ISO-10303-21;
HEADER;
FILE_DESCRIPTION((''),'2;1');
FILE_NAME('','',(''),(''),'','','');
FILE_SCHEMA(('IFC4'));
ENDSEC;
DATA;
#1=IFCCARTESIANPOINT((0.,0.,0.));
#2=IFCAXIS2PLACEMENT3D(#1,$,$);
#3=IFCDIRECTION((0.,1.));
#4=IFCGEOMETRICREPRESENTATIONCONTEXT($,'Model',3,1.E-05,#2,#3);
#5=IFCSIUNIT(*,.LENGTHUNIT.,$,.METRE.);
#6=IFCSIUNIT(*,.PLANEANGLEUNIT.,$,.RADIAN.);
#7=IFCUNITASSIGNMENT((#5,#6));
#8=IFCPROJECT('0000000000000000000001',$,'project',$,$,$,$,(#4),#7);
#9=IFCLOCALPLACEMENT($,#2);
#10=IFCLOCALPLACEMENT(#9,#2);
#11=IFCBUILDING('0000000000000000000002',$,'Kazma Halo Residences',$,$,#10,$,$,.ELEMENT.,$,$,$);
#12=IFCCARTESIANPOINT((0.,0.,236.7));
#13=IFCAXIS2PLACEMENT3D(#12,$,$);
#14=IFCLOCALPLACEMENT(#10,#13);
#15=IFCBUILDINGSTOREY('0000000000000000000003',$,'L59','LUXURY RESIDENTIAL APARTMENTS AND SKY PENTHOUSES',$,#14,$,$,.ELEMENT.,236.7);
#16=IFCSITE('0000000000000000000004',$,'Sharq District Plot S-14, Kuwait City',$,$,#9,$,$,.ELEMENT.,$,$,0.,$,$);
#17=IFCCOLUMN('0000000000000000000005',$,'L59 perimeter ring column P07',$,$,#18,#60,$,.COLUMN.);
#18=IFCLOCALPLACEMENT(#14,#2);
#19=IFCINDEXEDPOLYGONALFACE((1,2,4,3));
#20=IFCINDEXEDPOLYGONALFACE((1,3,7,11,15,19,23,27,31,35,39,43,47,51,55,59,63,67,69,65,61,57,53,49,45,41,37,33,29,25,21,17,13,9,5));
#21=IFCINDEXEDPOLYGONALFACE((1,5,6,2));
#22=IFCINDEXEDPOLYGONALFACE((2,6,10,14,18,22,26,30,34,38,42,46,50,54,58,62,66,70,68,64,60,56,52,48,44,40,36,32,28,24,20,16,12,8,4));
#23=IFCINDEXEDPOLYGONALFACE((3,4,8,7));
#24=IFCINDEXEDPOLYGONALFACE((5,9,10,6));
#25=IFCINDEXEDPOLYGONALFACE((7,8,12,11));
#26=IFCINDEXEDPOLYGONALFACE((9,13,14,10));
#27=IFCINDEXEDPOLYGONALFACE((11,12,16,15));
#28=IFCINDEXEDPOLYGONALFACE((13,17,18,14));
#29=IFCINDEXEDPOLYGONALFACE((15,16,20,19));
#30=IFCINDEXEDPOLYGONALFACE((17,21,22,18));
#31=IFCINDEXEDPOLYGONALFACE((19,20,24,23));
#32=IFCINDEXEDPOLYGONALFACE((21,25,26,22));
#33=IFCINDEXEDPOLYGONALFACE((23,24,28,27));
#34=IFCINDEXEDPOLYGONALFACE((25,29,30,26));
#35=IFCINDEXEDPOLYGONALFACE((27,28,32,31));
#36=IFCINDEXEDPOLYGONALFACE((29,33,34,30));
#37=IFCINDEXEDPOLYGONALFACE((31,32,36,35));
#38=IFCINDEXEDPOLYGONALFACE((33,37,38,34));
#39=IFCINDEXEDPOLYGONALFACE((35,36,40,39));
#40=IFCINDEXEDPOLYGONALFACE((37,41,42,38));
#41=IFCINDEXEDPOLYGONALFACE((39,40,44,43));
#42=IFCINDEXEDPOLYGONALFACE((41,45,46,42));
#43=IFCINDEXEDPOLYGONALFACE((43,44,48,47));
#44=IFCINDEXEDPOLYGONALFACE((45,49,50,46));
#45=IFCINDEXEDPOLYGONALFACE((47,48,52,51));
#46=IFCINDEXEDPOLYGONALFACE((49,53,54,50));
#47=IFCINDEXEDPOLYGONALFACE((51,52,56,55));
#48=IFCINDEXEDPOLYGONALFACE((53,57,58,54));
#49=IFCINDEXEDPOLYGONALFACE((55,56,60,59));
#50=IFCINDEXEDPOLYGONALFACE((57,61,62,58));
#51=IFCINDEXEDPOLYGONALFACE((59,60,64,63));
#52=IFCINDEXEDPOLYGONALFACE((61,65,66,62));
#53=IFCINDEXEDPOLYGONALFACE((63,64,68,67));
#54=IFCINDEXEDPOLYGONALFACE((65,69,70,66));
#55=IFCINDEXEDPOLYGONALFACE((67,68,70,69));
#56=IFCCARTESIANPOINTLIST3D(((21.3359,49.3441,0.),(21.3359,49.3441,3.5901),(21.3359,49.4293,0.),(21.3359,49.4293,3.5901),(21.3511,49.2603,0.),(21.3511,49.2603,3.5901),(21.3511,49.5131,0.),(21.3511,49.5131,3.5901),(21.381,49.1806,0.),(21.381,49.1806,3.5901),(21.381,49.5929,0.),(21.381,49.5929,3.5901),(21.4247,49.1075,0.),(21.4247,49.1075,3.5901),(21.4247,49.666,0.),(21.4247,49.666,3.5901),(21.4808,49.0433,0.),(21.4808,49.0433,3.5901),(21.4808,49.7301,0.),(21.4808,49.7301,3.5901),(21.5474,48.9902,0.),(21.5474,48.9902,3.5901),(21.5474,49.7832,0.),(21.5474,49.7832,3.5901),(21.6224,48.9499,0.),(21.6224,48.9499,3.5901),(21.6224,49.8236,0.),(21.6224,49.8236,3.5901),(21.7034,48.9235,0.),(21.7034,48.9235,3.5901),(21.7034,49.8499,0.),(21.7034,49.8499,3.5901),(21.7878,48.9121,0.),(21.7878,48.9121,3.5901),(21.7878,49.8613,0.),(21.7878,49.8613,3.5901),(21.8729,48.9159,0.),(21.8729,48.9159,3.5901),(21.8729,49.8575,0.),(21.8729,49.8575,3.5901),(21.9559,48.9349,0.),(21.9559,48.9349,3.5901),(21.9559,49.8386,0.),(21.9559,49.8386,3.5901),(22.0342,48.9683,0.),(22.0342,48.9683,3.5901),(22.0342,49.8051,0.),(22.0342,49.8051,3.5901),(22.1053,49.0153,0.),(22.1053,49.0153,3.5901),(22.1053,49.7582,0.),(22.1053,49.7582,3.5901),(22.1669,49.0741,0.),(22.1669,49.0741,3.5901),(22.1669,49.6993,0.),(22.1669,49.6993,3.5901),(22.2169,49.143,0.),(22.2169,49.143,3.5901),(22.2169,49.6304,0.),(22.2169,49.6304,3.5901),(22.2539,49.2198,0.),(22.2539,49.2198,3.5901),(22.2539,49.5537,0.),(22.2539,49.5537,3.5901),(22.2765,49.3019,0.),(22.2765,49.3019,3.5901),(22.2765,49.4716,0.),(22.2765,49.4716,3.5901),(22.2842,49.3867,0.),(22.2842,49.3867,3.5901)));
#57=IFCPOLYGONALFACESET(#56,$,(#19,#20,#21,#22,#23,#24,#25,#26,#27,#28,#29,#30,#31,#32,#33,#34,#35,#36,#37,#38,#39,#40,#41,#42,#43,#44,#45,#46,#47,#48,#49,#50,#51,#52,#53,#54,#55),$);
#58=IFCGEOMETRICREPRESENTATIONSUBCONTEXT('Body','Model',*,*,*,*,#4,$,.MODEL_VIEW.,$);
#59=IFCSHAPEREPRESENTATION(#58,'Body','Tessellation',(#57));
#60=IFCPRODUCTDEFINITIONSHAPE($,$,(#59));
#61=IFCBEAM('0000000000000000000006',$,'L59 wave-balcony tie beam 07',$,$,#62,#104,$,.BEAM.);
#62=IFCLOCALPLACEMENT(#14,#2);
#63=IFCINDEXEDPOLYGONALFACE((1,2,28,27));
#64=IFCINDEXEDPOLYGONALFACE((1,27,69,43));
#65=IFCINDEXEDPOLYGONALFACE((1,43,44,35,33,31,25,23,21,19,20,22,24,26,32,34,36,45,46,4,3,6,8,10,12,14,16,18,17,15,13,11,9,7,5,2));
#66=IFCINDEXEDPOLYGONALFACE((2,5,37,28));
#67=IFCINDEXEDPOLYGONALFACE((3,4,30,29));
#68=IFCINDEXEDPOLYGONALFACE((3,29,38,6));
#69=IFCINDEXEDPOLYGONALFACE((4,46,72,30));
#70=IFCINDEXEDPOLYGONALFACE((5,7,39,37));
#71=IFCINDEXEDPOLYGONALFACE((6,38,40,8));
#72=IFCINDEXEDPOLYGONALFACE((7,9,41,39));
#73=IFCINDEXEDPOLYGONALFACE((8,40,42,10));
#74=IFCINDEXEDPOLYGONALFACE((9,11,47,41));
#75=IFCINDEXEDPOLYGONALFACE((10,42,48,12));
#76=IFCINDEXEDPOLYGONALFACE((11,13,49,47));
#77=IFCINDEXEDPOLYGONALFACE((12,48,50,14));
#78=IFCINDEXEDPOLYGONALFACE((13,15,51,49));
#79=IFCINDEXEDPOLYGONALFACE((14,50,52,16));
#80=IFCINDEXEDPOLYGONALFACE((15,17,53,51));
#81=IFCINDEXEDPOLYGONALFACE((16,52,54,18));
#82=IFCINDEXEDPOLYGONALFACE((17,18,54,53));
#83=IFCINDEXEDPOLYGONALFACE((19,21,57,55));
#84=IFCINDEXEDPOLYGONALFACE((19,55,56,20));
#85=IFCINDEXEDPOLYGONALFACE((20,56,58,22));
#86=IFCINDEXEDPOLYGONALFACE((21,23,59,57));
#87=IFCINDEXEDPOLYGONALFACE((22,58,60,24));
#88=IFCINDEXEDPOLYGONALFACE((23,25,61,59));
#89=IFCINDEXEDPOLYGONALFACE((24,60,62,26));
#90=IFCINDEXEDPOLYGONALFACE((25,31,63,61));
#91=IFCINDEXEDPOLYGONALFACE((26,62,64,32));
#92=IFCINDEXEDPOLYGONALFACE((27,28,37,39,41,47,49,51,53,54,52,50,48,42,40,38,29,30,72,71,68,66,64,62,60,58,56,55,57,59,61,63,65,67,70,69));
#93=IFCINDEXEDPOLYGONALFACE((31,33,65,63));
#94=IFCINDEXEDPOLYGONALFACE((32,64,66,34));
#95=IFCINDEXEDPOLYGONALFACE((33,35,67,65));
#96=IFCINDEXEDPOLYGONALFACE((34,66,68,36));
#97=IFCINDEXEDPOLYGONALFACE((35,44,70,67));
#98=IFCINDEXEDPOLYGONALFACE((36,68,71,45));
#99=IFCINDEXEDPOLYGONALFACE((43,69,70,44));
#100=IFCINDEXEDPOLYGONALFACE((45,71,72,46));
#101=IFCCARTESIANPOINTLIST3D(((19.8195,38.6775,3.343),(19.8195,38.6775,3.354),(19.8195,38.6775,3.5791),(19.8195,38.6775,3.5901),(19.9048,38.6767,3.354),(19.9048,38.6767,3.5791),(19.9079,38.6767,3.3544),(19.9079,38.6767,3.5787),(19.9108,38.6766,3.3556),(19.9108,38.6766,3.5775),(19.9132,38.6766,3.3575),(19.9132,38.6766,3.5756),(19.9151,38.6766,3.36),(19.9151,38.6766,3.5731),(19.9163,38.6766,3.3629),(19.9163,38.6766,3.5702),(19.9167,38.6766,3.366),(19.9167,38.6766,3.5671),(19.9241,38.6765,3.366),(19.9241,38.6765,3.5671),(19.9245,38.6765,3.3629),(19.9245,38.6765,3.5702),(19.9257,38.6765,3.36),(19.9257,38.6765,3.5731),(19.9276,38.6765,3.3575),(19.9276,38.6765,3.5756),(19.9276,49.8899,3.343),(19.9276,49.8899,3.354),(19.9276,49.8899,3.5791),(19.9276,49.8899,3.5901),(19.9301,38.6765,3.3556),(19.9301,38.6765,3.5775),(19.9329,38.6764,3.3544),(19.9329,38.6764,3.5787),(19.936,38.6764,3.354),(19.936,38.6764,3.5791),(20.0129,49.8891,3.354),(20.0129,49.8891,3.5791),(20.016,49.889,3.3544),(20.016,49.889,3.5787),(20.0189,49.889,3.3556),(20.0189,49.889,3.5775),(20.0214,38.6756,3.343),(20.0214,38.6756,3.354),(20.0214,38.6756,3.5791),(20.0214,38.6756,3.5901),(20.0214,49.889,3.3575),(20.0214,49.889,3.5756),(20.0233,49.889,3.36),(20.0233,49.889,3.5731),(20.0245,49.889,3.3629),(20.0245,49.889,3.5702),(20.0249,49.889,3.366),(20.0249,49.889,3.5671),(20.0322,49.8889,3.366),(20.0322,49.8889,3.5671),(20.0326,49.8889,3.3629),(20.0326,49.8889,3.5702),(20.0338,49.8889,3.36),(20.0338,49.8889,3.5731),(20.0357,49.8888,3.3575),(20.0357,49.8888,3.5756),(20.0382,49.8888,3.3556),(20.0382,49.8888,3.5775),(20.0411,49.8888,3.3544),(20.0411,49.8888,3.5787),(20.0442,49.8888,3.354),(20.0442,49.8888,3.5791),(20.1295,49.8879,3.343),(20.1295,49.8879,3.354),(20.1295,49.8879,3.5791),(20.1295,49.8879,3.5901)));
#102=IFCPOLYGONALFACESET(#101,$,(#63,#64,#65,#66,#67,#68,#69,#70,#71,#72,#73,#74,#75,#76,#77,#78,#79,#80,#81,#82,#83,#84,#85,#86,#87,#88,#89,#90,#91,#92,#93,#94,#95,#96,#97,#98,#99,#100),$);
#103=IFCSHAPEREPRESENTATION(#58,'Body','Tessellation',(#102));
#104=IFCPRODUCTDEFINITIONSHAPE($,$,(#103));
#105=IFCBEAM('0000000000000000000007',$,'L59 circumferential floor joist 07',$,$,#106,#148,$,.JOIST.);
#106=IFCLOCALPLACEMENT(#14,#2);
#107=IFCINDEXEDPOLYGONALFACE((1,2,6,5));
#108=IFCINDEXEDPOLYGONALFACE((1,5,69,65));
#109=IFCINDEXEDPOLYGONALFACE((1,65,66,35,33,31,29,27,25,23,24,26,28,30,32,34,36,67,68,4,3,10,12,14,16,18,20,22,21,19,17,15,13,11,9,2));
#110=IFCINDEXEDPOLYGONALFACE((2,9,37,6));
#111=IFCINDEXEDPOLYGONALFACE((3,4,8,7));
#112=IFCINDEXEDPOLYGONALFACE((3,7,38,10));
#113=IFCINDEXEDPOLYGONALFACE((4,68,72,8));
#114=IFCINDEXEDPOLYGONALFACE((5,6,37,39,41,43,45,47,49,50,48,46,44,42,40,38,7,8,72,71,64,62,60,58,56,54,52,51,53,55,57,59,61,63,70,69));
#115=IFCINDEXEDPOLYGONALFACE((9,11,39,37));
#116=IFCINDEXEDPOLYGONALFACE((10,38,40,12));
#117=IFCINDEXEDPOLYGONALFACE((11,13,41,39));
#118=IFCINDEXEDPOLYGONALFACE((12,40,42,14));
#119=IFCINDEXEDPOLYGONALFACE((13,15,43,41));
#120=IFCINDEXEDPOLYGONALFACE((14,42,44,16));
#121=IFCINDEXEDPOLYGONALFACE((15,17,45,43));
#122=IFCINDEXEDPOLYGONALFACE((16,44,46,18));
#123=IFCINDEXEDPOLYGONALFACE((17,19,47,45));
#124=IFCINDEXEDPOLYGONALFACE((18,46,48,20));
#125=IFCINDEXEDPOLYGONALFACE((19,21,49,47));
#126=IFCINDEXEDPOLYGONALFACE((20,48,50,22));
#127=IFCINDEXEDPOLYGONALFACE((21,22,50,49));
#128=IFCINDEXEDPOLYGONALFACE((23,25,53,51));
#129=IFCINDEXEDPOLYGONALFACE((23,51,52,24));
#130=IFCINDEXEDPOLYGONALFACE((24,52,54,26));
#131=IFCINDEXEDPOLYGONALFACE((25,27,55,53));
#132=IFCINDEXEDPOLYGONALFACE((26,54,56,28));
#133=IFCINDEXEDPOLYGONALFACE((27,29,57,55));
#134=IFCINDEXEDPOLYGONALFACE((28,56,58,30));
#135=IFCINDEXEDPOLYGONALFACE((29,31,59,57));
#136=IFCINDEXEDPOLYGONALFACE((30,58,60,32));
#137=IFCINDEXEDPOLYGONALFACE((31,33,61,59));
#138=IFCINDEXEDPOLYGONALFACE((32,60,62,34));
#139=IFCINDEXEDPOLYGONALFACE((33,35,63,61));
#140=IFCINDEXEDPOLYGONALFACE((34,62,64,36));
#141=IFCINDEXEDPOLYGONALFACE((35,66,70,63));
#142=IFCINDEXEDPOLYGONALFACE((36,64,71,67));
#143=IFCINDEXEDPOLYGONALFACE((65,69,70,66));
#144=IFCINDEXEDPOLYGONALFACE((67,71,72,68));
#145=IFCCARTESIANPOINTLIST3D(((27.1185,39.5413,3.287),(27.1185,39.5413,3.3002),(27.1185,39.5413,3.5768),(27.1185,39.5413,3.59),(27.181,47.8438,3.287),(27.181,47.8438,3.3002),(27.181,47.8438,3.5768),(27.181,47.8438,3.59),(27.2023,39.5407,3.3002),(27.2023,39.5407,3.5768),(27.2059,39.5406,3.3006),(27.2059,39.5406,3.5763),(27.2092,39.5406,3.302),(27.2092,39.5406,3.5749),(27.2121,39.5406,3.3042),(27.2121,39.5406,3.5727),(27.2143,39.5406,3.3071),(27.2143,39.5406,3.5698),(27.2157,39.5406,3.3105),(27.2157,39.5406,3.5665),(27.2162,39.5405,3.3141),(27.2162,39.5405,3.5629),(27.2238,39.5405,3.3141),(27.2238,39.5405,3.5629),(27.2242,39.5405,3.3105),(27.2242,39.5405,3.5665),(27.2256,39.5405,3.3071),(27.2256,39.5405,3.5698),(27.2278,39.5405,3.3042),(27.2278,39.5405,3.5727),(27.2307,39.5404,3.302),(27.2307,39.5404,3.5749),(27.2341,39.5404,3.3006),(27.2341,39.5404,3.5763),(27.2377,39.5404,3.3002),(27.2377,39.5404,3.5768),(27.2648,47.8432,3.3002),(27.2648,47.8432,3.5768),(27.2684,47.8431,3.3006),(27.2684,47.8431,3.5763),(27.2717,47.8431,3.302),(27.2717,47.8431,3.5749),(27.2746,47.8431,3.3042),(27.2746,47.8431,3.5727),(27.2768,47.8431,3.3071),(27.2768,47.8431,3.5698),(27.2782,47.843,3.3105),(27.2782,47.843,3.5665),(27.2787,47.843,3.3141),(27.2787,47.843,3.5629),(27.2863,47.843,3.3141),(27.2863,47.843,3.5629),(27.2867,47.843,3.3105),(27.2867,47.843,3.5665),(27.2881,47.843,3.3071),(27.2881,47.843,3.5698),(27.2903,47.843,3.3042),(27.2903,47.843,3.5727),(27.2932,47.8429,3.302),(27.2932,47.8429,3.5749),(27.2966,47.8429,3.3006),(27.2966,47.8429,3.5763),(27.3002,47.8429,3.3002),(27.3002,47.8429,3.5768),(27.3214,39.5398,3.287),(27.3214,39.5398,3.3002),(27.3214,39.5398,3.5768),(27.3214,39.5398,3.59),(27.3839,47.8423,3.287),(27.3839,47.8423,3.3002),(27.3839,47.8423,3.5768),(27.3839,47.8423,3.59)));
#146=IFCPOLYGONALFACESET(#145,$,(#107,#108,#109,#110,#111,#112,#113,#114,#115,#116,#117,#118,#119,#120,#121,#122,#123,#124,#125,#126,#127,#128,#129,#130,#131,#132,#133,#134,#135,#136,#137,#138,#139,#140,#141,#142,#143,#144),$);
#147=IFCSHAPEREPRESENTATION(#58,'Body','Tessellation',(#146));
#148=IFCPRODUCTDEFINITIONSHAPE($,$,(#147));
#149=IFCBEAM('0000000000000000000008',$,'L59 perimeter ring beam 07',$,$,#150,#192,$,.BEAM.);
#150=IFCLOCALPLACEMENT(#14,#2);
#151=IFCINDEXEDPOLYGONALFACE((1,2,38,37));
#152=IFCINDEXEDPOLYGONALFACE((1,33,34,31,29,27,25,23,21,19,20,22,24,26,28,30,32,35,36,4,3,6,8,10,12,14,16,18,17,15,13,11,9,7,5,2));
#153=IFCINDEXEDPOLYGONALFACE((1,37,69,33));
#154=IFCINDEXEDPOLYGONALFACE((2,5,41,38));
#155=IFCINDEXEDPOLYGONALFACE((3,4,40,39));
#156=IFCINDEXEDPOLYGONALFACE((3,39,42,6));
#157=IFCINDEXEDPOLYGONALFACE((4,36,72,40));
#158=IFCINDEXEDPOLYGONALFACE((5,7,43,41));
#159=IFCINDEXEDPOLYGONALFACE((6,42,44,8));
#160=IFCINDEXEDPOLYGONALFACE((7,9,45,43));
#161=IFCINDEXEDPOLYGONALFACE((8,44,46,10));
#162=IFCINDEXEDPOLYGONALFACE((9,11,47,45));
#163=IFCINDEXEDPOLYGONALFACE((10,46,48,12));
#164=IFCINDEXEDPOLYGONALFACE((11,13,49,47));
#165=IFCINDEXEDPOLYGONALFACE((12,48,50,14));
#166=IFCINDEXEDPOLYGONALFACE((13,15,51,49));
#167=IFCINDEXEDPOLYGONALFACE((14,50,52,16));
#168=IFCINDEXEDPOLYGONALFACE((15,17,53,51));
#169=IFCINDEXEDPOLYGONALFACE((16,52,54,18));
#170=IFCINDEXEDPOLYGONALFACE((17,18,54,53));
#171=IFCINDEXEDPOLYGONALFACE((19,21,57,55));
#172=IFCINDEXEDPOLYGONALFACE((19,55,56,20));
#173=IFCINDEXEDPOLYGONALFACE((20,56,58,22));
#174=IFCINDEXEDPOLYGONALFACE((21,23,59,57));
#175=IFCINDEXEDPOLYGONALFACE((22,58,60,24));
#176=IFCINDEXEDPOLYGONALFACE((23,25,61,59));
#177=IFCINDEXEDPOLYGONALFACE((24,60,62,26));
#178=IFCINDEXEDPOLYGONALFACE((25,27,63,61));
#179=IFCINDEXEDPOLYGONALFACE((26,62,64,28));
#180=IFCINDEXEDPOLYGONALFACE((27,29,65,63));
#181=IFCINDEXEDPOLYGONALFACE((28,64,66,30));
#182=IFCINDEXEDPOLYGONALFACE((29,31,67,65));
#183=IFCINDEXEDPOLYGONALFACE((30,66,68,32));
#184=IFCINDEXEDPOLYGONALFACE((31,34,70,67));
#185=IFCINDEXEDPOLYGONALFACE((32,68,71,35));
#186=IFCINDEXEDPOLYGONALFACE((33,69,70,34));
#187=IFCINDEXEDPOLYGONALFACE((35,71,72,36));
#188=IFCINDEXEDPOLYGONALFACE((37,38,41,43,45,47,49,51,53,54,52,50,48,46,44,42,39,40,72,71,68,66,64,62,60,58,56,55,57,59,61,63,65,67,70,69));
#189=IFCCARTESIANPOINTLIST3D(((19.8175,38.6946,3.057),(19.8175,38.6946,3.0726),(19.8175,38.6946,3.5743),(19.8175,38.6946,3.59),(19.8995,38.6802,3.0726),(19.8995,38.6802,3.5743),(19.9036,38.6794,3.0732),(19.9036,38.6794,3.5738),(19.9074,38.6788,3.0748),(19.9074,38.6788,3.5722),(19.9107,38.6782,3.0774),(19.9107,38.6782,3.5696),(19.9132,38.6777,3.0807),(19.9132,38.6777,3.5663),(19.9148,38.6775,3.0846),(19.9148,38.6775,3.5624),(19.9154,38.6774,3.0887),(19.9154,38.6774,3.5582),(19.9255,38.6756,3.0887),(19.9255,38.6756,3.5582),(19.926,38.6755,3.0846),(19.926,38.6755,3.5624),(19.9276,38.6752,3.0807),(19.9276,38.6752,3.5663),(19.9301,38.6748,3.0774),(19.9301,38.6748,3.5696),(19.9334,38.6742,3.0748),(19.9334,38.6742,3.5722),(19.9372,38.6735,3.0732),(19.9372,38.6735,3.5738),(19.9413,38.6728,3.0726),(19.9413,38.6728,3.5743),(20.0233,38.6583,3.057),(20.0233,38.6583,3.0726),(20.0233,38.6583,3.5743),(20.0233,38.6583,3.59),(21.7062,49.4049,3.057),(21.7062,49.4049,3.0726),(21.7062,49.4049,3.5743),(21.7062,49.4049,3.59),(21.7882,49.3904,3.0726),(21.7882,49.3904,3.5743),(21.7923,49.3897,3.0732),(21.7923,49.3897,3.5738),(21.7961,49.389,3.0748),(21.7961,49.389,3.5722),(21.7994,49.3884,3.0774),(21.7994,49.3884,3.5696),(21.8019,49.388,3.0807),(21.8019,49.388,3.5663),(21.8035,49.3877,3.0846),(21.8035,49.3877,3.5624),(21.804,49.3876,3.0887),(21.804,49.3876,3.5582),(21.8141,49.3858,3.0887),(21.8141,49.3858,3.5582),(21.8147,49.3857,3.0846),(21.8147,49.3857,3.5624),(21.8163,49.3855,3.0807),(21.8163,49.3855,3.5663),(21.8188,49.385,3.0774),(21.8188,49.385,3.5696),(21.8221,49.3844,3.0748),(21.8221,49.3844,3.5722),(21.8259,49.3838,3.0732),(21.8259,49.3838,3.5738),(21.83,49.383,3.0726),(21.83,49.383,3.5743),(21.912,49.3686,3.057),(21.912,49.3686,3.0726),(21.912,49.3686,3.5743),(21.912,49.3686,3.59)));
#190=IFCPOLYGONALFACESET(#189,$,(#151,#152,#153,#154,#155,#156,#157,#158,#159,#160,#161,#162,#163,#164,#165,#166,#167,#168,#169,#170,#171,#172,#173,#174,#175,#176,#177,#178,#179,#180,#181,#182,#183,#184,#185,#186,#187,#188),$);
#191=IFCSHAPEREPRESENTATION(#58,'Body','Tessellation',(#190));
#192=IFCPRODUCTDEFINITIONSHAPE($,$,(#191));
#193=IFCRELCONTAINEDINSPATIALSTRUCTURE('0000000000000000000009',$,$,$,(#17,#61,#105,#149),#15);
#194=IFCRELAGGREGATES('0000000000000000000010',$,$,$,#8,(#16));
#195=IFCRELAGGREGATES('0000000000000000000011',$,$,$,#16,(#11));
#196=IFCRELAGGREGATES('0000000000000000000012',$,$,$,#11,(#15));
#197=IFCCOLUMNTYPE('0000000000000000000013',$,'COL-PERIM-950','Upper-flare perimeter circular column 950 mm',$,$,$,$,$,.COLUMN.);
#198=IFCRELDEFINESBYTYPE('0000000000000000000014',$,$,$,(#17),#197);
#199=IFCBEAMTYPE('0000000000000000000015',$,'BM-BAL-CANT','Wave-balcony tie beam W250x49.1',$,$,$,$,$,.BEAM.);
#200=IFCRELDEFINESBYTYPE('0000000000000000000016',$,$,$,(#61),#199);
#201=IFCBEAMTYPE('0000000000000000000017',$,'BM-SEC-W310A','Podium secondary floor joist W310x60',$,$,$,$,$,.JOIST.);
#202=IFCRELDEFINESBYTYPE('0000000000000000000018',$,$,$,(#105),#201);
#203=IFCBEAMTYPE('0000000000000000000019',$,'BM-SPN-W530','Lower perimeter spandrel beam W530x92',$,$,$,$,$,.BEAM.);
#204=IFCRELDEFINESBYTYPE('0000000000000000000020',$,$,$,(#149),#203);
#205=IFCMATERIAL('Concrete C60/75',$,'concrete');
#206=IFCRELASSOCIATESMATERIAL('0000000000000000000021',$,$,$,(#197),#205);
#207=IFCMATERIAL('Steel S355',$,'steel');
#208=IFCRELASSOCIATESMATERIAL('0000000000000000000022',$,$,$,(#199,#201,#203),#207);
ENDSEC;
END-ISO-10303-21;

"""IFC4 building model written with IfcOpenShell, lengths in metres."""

from ifc_helpers import new_model, si_unit, direction, frame, origin, origin_2d, place, context, subcontext, project, spatial, circle, i_section, extrude, material, material_profile, profile_set, type_object, element, save


model = new_model("IFC4")

# Units and contexts
model_context = context("Model", 3, precision=1e-05, world=origin(), true_north=direction((0.0, 1.0)))
body_context = subcontext(model_context, "Body", "Model", "MODEL_VIEW")
ifc_project = project(units=[si_unit("LENGTHUNIT", "METRE"), si_unit("PLANEANGLEUNIT", "RADIAN")], contexts=[model_context])

# Site, building, storey
site_placement = place(None, origin())
site = spatial("IfcSite", under=ifc_project, at=site_placement, Name="Sharq District Plot S-14, Kuwait City", CompositionType="ELEMENT", RefElevation=0.0)
building_placement = place(site_placement, origin())
building = spatial("IfcBuilding", under=site, at=building_placement, Name="Kazma Halo Residences", CompositionType="ELEMENT")
storey_placement = place(building_placement, frame((0.0, 0.0, 236.7)))
storey = spatial("IfcBuildingStorey", under=building, at=storey_placement, Name="L59", Description="LUXURY RESIDENTIAL APARTMENTS AND SKY PENTHOUSES", CompositionType="ELEMENT", Elevation=236.7)

# Column
ifc_material_1 = material(Name="Concrete C60/75", Category="concrete")
ifc_material_profile_1 = material_profile(ifc_material_1, circle(Radius=0.4751, at=origin_2d()), Name="CIRC950")
ifc_profile_set_1 = profile_set([ifc_material_profile_1], Name="Concrete C60/75")
column_type = type_object("IfcColumnType", Name="COL-PERIM-950", Description="Upper-flare perimeter circular column 950 mm", PredefinedType="COLUMN", material=ifc_profile_set_1)
column_placement = place(storey_placement, frame((21.8091, 49.3867, 0.0), z_axis=(0.0, 0.0, 1.0), x_axis=(1.0, 0.0, 0.0)))
element("IfcColumn", 1, at=column_placement, inside=storey, type_object=column_type, Name="L59 perimeter ring column P07", PredefinedType="COLUMN", context=body_context, shape_type="SweptSolid", body=[
    extrude(circle(Radius=0.4751, at=origin_2d()), origin(), (0.0, 0.0, 1.0), 3.5901),
])

# Beams
ifc_material_2 = material(Name="Steel S355", Category="steel")
ifc_material_profile_2 = material_profile(ifc_material_2, i_section(OverallWidth=0.2019, OverallDepth=0.2471, WebThickness=0.0073, FlangeThickness=0.011, FilletRadius=0.012, at=origin_2d()), Name="W250x49.1")
ifc_profile_set_2 = profile_set([ifc_material_profile_2], Name="Steel S355")
beam_type_1 = type_object("IfcBeamType", Name="BM-BAL-CANT", Description="Wave-balcony tie beam W250x49.1", PredefinedType="BEAM", material=ifc_profile_set_2)
beam_1_placement = place(storey_placement, frame((20.0286, 49.8889, 3.4666), z_axis=(-0.009646, -0.999953, 0.0), x_axis=(0.999953, -0.009646, 0.0)))
element("IfcBeam", 2, at=beam_1_placement, inside=storey, type_object=beam_type_1, Name="L59 wave-balcony tie beam 07", PredefinedType="BEAM", context=body_context, shape_type="SweptSolid", body=[
    extrude(i_section(OverallWidth=0.2019, OverallDepth=0.2471, WebThickness=0.0073, FlangeThickness=0.011, FilletRadius=0.012, at=origin_2d()), origin(), (0.0, 0.0, 1.0), 11.2129),
])
ifc_material_profile_3 = material_profile(ifc_material_2, i_section(OverallWidth=0.2029, OverallDepth=0.303, WebThickness=0.0076, FlangeThickness=0.0132, FilletRadius=0.0139, at=origin_2d()), Name="W310x60")
ifc_profile_set_3 = profile_set([ifc_material_profile_3], Name="Steel S355")
beam_type_2 = type_object("IfcBeamType", Name="BM-SEC-W310A", Description="Podium secondary floor joist W310x60", PredefinedType="JOIST", material=ifc_profile_set_3)
beam_2_placement = place(storey_placement, frame((27.2825, 47.843, 3.4385), z_axis=(-0.007528, -0.999972, 0.0), x_axis=(0.999972, -0.007528, 0.0)))
element("IfcBeam", 3, at=beam_2_placement, inside=storey, type_object=beam_type_2, Name="L59 circumferential floor joist 07", PredefinedType="JOIST", context=body_context, shape_type="SweptSolid", body=[
    extrude(i_section(OverallWidth=0.2029, OverallDepth=0.303, WebThickness=0.0076, FlangeThickness=0.0132, FilletRadius=0.0139, at=origin_2d()), origin(), (0.0, 0.0, 1.0), 8.3027),
])
ifc_material_profile_4 = material_profile(ifc_material_2, i_section(OverallWidth=0.209, OverallDepth=0.533, WebThickness=0.0103, FlangeThickness=0.0156, FilletRadius=0.0161, at=origin_2d()), Name="W530x92")
ifc_profile_set_4 = profile_set([ifc_material_profile_4], Name="Steel S355")
beam_type_3 = type_object("IfcBeamType", Name="BM-SPN-W530", Description="Lower perimeter spandrel beam W530x92", PredefinedType="BEAM", material=ifc_profile_set_4)
beam_3_placement = place(storey_placement, frame((21.8091, 49.3867, 3.3235), z_axis=(-0.173664, -0.984805, 0.0), x_axis=(0.984805, -0.173664, 0.0)))
element("IfcBeam", 4, at=beam_3_placement, inside=storey, type_object=beam_type_3, Name="L59 perimeter ring beam 07", PredefinedType="BEAM", context=body_context, shape_type="SweptSolid", body=[
    extrude(i_section(OverallWidth=0.209, OverallDepth=0.533, WebThickness=0.0103, FlangeThickness=0.0156, FilletRadius=0.0161, at=origin_2d()), origin(), (0.0, 0.0, 1.0), 10.8755),
])

save(model, "model.ifc")
